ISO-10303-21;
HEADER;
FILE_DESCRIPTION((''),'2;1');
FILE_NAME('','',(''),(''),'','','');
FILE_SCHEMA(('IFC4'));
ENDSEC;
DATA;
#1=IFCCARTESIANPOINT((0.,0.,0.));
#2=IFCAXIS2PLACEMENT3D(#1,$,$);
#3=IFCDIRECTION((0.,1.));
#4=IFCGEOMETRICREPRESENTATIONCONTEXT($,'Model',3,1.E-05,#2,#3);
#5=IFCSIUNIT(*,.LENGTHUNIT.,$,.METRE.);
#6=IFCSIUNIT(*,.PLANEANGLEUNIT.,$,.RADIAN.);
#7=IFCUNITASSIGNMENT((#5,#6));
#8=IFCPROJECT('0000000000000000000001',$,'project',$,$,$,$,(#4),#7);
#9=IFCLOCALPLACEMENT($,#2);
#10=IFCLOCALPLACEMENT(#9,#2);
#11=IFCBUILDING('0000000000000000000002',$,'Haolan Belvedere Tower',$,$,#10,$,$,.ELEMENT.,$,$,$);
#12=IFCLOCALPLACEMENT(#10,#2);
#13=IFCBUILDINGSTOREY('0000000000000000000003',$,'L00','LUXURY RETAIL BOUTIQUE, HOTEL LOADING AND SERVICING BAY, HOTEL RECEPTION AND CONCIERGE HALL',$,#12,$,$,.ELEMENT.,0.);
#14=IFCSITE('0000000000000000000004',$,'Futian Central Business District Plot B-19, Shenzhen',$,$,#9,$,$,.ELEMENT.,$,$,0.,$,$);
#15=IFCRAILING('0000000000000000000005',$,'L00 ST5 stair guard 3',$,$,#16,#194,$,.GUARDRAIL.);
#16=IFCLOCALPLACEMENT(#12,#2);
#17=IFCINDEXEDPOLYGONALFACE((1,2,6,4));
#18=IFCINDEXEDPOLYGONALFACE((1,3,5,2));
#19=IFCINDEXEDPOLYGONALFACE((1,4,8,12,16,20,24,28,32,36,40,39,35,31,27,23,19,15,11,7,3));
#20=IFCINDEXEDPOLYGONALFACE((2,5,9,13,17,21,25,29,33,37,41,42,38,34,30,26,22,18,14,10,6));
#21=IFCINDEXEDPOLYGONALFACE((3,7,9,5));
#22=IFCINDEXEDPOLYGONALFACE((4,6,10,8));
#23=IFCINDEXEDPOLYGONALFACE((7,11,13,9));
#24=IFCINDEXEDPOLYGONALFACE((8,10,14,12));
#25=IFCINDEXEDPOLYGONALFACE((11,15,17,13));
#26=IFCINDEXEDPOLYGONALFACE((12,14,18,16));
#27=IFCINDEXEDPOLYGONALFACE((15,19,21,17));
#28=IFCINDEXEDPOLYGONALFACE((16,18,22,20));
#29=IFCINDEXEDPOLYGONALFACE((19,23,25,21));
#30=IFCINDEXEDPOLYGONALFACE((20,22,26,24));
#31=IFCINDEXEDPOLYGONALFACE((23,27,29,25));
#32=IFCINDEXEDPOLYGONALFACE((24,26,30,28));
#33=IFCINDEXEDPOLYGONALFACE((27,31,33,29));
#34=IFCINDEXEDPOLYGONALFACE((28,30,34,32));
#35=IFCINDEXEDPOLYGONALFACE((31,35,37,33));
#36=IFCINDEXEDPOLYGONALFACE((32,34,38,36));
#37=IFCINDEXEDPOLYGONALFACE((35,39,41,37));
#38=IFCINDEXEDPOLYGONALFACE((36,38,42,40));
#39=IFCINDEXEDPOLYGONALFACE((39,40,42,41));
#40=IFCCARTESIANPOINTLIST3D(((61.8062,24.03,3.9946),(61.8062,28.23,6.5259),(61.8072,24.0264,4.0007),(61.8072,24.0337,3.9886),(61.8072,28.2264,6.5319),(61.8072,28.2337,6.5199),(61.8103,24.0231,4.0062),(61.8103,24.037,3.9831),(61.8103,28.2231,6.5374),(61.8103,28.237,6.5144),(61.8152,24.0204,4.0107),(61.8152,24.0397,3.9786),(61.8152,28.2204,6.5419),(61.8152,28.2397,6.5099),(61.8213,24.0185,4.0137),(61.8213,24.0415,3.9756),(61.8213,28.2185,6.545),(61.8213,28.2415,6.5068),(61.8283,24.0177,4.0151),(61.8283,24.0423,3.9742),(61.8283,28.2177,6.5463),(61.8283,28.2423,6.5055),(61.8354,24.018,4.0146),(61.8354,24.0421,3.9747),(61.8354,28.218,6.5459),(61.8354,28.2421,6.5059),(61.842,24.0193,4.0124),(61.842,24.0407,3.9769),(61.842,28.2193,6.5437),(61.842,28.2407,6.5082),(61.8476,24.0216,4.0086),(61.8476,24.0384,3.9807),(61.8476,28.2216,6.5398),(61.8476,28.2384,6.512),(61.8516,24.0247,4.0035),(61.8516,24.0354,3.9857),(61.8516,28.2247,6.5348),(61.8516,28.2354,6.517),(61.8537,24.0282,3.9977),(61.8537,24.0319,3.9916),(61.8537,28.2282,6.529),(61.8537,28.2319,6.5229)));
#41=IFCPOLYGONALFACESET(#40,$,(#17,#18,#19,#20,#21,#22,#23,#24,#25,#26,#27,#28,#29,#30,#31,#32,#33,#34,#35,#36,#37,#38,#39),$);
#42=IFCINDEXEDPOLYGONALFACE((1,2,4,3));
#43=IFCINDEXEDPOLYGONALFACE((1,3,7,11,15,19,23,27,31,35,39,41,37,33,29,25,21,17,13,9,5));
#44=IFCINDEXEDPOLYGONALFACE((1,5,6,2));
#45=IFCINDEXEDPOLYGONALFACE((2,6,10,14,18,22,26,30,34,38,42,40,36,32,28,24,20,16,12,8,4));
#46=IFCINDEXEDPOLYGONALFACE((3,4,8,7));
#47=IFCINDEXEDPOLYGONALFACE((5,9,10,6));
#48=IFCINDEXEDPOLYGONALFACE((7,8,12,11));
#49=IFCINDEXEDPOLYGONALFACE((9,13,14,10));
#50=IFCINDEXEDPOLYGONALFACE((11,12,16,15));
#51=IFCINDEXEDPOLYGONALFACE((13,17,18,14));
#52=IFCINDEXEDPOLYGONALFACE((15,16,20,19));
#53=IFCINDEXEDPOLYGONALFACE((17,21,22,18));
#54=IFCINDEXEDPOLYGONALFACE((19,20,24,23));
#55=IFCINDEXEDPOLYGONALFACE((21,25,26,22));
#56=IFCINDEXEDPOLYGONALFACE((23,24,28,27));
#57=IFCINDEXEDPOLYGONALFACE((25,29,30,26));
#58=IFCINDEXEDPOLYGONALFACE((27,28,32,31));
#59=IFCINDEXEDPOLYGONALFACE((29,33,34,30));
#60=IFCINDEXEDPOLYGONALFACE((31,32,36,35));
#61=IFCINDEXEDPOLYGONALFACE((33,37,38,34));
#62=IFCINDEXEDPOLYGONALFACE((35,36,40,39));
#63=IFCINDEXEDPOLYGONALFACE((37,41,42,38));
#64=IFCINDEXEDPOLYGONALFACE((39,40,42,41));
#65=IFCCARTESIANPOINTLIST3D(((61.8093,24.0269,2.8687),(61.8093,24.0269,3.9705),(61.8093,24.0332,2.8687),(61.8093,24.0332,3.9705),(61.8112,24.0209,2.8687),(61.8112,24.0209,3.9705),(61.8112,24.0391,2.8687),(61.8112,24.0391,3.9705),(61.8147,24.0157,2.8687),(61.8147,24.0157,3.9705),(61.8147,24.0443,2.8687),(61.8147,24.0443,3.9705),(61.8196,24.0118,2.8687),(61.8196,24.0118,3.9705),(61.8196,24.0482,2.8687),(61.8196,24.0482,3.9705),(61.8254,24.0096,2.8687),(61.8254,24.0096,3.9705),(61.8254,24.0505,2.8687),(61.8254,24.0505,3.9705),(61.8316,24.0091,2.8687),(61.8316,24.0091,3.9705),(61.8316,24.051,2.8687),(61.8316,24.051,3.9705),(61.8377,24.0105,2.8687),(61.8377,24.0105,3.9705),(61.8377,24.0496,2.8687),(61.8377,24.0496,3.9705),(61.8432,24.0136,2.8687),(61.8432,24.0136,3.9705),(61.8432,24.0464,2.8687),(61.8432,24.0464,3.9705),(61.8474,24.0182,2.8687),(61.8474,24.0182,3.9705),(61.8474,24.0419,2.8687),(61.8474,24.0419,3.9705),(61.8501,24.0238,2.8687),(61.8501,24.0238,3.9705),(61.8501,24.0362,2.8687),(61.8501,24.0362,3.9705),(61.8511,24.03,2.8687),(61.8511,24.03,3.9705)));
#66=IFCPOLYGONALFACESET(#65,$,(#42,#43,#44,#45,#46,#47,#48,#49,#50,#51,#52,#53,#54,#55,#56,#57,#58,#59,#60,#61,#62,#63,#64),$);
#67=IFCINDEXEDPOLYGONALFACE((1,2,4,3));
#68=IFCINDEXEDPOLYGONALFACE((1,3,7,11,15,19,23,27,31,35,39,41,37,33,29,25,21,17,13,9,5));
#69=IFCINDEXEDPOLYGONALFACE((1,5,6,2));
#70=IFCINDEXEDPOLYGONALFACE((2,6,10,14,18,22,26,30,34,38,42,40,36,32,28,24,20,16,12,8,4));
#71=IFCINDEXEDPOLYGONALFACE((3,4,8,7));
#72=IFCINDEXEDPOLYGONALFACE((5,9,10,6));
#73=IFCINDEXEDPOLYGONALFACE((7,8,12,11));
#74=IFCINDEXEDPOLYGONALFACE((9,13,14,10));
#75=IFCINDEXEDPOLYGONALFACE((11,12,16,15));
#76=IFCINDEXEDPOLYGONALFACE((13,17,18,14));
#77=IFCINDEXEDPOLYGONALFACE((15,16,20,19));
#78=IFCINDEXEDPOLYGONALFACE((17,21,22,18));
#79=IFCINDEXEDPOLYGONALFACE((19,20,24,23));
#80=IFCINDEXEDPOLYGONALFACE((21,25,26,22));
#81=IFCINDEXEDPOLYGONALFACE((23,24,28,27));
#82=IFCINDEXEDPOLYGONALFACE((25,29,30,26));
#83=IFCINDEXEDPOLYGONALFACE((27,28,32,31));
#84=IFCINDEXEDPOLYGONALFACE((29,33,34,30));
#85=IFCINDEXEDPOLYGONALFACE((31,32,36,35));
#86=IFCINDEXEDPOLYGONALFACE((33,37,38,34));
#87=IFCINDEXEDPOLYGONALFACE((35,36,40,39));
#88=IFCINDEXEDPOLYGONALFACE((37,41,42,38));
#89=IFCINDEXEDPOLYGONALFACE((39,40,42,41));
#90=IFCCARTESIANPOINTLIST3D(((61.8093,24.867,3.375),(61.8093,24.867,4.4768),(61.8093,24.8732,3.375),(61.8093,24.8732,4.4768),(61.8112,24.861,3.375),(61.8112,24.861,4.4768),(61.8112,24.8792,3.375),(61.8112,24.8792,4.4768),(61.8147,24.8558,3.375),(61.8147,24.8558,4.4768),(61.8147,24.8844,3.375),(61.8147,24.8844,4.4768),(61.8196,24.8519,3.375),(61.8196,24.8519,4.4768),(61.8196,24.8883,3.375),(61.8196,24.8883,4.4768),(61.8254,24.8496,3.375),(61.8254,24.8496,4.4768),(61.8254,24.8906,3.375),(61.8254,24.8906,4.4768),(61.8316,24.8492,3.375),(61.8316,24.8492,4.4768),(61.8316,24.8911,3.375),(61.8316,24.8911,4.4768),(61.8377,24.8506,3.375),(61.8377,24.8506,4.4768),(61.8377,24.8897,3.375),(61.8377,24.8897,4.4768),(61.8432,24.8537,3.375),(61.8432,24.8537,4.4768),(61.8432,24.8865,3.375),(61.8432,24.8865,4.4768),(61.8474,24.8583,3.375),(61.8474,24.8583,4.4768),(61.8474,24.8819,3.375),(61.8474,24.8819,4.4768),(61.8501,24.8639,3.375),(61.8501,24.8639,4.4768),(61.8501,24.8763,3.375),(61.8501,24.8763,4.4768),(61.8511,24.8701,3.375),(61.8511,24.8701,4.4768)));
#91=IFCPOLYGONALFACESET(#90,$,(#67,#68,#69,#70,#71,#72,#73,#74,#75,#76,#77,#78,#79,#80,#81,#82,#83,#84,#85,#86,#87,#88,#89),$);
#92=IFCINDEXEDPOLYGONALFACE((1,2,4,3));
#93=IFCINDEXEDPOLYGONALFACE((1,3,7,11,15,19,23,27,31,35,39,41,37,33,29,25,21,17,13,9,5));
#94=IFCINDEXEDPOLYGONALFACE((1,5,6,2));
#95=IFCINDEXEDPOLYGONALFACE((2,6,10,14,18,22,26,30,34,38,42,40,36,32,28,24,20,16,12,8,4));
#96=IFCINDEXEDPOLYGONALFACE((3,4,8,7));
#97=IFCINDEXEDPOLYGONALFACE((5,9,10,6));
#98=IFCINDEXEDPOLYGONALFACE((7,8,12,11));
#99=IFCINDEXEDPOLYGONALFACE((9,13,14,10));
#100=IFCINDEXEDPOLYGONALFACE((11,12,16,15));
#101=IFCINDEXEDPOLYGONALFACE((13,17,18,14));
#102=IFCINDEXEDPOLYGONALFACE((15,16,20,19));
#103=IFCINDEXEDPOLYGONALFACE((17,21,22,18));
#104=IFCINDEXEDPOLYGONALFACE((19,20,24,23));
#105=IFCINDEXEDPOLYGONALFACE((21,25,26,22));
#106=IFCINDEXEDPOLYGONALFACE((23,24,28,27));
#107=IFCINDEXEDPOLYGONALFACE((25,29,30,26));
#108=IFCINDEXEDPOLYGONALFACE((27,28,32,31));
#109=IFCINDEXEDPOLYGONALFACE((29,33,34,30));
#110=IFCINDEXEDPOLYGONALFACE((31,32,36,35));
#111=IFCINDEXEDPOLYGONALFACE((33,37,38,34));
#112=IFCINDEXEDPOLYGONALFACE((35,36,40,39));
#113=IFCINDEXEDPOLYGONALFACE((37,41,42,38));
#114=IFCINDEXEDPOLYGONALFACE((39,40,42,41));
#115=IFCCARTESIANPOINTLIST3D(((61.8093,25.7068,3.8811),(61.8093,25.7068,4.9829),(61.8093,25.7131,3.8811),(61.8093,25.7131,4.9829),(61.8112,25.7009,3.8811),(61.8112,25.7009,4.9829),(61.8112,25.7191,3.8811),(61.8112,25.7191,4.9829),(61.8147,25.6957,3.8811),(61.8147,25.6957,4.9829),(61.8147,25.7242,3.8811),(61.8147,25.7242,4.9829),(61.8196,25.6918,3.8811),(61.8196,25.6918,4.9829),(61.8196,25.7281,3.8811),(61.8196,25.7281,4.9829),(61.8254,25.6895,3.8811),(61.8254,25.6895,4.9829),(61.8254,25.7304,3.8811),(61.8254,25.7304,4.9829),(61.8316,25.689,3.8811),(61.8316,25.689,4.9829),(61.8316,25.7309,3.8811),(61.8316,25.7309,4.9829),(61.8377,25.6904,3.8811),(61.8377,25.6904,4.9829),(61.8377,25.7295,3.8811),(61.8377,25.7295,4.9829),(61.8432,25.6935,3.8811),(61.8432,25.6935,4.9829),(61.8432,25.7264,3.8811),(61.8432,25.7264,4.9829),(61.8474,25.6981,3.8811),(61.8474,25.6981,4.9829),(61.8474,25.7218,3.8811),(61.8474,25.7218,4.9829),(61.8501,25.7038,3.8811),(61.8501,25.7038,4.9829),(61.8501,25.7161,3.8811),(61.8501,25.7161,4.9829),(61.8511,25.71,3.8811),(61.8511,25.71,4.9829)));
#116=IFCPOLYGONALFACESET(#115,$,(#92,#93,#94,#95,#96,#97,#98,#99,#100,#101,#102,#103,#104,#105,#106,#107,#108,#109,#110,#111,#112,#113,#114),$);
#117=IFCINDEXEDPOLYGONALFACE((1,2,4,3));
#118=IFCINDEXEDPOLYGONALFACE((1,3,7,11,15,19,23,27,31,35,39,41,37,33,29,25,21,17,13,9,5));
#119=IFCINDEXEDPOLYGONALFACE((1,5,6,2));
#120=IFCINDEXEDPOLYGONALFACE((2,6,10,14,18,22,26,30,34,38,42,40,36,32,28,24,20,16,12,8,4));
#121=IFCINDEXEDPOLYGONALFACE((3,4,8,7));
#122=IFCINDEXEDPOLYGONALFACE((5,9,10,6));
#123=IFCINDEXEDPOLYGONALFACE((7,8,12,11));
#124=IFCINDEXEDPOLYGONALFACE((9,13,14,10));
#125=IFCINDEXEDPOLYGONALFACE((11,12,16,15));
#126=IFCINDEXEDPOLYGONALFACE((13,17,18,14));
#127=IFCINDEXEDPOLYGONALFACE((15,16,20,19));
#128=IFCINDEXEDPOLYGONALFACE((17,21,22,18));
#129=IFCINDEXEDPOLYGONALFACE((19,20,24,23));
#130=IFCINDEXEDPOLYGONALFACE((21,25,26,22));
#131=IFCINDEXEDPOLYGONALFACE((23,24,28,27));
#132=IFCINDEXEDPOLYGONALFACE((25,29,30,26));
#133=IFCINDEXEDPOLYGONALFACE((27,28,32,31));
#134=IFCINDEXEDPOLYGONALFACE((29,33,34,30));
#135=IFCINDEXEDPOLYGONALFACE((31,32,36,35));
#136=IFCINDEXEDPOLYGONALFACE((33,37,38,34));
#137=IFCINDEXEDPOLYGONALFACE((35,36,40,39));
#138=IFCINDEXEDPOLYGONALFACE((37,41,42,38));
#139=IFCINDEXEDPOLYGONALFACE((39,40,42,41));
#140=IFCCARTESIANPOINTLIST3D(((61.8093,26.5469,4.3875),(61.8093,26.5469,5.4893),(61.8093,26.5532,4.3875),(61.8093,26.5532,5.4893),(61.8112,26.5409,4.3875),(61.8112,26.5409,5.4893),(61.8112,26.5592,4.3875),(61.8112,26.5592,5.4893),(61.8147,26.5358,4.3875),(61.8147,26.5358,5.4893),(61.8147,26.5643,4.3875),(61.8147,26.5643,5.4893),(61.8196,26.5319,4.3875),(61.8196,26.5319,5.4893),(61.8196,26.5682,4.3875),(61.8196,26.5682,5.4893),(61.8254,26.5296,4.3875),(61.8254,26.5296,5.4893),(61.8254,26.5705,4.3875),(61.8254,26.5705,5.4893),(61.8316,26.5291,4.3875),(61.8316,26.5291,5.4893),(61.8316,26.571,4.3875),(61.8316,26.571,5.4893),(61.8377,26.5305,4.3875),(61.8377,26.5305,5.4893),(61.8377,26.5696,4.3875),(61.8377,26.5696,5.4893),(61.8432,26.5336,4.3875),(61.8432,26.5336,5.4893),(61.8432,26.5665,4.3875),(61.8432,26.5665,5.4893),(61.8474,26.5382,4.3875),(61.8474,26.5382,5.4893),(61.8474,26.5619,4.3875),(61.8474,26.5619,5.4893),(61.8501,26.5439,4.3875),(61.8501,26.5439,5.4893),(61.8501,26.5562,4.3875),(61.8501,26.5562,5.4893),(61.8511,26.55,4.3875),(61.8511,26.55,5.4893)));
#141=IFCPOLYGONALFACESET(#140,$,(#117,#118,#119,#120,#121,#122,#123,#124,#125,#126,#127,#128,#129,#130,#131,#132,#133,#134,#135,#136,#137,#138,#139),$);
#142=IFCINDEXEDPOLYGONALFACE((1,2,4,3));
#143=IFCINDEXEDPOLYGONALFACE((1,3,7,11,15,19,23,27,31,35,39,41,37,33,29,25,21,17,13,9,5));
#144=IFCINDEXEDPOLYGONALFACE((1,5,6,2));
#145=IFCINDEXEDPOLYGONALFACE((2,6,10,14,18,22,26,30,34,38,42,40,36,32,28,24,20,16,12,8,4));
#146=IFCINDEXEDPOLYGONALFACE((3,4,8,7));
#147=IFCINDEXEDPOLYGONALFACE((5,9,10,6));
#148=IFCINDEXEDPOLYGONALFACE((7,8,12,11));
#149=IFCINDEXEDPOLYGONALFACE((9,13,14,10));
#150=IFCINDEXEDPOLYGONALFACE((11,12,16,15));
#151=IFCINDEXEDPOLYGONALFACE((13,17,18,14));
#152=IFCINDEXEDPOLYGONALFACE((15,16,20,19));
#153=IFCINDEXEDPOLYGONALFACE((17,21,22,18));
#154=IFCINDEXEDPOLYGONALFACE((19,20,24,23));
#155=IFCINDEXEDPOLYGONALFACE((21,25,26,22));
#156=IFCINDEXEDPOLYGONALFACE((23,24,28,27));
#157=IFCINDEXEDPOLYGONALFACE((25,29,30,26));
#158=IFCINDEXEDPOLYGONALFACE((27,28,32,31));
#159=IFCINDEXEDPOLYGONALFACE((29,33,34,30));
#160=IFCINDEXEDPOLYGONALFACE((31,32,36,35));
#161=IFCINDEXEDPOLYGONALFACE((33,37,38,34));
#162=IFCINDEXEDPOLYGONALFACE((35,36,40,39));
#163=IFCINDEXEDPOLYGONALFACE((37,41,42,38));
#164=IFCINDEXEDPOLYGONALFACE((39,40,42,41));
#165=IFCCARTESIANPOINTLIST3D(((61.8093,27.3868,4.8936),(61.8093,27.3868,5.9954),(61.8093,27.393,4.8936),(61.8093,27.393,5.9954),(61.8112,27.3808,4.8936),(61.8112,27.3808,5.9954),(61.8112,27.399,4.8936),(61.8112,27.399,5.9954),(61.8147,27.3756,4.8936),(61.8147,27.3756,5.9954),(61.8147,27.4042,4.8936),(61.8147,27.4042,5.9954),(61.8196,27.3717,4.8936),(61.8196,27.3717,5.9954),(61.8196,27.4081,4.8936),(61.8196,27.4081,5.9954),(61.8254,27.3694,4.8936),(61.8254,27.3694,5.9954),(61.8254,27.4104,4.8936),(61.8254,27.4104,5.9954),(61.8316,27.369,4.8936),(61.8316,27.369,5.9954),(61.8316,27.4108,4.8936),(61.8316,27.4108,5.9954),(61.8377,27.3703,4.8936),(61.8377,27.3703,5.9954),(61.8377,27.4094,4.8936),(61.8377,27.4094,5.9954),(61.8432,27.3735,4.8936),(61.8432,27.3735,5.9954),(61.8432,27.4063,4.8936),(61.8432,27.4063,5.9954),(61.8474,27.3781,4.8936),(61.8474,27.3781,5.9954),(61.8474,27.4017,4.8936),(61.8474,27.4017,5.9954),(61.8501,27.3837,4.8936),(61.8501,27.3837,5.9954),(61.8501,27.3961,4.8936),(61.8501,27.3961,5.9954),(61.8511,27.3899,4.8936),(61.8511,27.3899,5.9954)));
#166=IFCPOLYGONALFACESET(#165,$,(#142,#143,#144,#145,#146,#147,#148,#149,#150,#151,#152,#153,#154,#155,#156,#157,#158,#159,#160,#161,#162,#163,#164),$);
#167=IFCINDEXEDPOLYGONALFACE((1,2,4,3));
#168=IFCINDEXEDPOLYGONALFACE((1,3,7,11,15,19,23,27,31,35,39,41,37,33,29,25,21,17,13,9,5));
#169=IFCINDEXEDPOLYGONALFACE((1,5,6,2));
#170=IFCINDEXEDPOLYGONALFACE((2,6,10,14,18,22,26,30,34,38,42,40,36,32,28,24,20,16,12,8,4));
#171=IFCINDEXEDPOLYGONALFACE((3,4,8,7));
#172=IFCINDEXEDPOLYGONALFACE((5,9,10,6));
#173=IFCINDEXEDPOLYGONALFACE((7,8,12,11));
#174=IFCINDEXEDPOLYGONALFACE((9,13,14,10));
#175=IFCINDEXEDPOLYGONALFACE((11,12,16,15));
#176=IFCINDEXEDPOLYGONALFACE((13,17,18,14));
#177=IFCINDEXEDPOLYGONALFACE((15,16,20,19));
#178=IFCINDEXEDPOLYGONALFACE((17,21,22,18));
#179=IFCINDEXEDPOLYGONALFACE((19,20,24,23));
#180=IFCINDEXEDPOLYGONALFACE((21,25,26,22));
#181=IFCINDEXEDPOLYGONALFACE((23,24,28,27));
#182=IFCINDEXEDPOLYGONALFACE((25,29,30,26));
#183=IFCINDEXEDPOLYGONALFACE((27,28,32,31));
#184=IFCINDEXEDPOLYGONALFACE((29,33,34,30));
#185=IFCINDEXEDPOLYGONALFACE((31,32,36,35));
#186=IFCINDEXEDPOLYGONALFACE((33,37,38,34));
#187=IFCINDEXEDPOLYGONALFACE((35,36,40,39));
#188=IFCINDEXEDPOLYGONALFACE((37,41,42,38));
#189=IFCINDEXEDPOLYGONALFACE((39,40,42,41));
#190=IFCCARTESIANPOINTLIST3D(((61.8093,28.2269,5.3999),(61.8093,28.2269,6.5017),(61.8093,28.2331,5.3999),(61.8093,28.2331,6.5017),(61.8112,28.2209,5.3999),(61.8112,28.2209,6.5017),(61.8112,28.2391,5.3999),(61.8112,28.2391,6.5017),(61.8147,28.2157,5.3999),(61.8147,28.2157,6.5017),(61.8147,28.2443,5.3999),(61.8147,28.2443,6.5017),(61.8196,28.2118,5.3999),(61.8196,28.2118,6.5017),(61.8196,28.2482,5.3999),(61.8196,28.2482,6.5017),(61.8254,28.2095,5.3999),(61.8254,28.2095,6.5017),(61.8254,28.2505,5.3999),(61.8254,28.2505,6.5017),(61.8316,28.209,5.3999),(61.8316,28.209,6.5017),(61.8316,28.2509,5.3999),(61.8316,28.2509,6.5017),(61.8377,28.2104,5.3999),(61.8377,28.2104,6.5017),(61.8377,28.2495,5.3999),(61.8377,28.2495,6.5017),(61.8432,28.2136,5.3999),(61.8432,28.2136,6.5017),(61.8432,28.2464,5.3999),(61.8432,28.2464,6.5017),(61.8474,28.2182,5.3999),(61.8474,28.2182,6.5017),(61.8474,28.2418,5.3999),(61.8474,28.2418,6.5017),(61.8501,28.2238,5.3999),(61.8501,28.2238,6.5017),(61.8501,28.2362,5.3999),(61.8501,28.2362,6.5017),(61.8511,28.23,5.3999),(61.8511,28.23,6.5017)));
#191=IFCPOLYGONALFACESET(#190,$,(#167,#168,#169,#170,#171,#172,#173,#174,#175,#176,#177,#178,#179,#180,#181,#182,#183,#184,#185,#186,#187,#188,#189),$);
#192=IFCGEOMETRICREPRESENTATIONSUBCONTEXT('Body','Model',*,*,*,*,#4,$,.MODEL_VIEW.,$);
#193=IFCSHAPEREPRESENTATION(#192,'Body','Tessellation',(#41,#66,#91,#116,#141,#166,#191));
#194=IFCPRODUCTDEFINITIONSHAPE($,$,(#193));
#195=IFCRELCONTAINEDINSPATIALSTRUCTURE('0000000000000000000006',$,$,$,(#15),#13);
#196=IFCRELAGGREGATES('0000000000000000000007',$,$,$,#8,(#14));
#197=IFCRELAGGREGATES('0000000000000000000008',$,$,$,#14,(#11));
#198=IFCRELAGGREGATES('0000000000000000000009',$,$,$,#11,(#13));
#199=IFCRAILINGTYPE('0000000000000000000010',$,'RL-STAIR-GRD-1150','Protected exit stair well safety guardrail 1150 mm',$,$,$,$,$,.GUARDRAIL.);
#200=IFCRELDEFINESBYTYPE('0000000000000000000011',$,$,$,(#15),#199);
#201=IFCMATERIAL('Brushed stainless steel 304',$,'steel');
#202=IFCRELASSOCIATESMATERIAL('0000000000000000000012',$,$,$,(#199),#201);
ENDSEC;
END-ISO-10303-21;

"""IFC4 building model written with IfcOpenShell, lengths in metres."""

from ifc_helpers import new_model, si_unit, direction, frame, origin, origin_2d, place, context, subcontext, project, spatial, circle, extrude, material, type_object, element, save


model = new_model("IFC4")

# Units and contexts
model_context = context("Model", 3, precision=1e-05, world=origin(), true_north=direction((0.0, 1.0)))
body_context = subcontext(model_context, "Body", "Model", "MODEL_VIEW")
ifc_project = project(units=[si_unit("LENGTHUNIT", "METRE"), si_unit("PLANEANGLEUNIT", "RADIAN")], contexts=[model_context])

# Site, building, storey
site_placement = place(None, origin())
site = spatial("IfcSite", under=ifc_project, at=site_placement, Name="Futian Central Business District Plot B-19, Shenzhen", CompositionType="ELEMENT", RefElevation=0.0)
building_placement = place(site_placement, origin())
building = spatial("IfcBuilding", under=site, at=building_placement, Name="Haolan Belvedere Tower", CompositionType="ELEMENT")
storey_placement = place(building_placement, origin())
storey = spatial("IfcBuildingStorey", under=building, at=storey_placement, Name="L00", Description="LUXURY RETAIL BOUTIQUE, HOTEL LOADING AND SERVICING BAY, HOTEL RECEPTION AND CONCIERGE HALL", CompositionType="ELEMENT", Elevation=0.0)

# Railing
ifc_material_1 = material(Name="Brushed stainless steel 304", Category="steel")
railing_type_1 = type_object("IfcRailingType", Name="RL-STAIR-GRD-1150", Description="Protected exit stair well safety guardrail 1150 mm", PredefinedType="GUARDRAIL", material=ifc_material_1)
railing_1_placement = place(storey_placement, frame((61.8301, 24.03, 2.8687)))
element("IfcRailing", 1, at=railing_1_placement, inside=storey, type_object=railing_type_1, Name="L00 ST5 stair guard 3", PredefinedType="GUARDRAIL", context=body_context, shape_type="SweptSolid", body=[
    extrude(circle(Radius=0.0239, at=origin_2d()), frame((0.0, 0.0, 1.126), z_axis=(0.0, 0.856476, 0.516186), x_axis=(-1.0, 0.0, 0.0)), (0.0, 0.0, 1.0), 4.9038),
    extrude(circle(Radius=0.021, at=origin_2d()), origin(), (0.0, 0.0, 1.0), 1.1018),
    extrude(circle(Radius=0.021, at=origin_2d()), frame((0.0, 0.8401, 0.5063)), (0.0, 0.0, 1.0), 1.1018),
    extrude(circle(Radius=0.021, at=origin_2d()), frame((0.0, 1.6799, 1.0125)), (0.0, 0.0, 1.0), 1.1018),
    extrude(circle(Radius=0.021, at=origin_2d()), frame((0.0, 2.52, 1.5188)), (0.0, 0.0, 1.0), 1.1018),
    extrude(circle(Radius=0.021, at=origin_2d()), frame((0.0, 3.3599, 2.0249)), (0.0, 0.0, 1.0), 1.1018),
    extrude(circle(Radius=0.021, at=origin_2d()), frame((0.0, 4.2, 2.5312)), (0.0, 0.0, 1.0), 1.1018),
])

save(model, "model.ifc")
